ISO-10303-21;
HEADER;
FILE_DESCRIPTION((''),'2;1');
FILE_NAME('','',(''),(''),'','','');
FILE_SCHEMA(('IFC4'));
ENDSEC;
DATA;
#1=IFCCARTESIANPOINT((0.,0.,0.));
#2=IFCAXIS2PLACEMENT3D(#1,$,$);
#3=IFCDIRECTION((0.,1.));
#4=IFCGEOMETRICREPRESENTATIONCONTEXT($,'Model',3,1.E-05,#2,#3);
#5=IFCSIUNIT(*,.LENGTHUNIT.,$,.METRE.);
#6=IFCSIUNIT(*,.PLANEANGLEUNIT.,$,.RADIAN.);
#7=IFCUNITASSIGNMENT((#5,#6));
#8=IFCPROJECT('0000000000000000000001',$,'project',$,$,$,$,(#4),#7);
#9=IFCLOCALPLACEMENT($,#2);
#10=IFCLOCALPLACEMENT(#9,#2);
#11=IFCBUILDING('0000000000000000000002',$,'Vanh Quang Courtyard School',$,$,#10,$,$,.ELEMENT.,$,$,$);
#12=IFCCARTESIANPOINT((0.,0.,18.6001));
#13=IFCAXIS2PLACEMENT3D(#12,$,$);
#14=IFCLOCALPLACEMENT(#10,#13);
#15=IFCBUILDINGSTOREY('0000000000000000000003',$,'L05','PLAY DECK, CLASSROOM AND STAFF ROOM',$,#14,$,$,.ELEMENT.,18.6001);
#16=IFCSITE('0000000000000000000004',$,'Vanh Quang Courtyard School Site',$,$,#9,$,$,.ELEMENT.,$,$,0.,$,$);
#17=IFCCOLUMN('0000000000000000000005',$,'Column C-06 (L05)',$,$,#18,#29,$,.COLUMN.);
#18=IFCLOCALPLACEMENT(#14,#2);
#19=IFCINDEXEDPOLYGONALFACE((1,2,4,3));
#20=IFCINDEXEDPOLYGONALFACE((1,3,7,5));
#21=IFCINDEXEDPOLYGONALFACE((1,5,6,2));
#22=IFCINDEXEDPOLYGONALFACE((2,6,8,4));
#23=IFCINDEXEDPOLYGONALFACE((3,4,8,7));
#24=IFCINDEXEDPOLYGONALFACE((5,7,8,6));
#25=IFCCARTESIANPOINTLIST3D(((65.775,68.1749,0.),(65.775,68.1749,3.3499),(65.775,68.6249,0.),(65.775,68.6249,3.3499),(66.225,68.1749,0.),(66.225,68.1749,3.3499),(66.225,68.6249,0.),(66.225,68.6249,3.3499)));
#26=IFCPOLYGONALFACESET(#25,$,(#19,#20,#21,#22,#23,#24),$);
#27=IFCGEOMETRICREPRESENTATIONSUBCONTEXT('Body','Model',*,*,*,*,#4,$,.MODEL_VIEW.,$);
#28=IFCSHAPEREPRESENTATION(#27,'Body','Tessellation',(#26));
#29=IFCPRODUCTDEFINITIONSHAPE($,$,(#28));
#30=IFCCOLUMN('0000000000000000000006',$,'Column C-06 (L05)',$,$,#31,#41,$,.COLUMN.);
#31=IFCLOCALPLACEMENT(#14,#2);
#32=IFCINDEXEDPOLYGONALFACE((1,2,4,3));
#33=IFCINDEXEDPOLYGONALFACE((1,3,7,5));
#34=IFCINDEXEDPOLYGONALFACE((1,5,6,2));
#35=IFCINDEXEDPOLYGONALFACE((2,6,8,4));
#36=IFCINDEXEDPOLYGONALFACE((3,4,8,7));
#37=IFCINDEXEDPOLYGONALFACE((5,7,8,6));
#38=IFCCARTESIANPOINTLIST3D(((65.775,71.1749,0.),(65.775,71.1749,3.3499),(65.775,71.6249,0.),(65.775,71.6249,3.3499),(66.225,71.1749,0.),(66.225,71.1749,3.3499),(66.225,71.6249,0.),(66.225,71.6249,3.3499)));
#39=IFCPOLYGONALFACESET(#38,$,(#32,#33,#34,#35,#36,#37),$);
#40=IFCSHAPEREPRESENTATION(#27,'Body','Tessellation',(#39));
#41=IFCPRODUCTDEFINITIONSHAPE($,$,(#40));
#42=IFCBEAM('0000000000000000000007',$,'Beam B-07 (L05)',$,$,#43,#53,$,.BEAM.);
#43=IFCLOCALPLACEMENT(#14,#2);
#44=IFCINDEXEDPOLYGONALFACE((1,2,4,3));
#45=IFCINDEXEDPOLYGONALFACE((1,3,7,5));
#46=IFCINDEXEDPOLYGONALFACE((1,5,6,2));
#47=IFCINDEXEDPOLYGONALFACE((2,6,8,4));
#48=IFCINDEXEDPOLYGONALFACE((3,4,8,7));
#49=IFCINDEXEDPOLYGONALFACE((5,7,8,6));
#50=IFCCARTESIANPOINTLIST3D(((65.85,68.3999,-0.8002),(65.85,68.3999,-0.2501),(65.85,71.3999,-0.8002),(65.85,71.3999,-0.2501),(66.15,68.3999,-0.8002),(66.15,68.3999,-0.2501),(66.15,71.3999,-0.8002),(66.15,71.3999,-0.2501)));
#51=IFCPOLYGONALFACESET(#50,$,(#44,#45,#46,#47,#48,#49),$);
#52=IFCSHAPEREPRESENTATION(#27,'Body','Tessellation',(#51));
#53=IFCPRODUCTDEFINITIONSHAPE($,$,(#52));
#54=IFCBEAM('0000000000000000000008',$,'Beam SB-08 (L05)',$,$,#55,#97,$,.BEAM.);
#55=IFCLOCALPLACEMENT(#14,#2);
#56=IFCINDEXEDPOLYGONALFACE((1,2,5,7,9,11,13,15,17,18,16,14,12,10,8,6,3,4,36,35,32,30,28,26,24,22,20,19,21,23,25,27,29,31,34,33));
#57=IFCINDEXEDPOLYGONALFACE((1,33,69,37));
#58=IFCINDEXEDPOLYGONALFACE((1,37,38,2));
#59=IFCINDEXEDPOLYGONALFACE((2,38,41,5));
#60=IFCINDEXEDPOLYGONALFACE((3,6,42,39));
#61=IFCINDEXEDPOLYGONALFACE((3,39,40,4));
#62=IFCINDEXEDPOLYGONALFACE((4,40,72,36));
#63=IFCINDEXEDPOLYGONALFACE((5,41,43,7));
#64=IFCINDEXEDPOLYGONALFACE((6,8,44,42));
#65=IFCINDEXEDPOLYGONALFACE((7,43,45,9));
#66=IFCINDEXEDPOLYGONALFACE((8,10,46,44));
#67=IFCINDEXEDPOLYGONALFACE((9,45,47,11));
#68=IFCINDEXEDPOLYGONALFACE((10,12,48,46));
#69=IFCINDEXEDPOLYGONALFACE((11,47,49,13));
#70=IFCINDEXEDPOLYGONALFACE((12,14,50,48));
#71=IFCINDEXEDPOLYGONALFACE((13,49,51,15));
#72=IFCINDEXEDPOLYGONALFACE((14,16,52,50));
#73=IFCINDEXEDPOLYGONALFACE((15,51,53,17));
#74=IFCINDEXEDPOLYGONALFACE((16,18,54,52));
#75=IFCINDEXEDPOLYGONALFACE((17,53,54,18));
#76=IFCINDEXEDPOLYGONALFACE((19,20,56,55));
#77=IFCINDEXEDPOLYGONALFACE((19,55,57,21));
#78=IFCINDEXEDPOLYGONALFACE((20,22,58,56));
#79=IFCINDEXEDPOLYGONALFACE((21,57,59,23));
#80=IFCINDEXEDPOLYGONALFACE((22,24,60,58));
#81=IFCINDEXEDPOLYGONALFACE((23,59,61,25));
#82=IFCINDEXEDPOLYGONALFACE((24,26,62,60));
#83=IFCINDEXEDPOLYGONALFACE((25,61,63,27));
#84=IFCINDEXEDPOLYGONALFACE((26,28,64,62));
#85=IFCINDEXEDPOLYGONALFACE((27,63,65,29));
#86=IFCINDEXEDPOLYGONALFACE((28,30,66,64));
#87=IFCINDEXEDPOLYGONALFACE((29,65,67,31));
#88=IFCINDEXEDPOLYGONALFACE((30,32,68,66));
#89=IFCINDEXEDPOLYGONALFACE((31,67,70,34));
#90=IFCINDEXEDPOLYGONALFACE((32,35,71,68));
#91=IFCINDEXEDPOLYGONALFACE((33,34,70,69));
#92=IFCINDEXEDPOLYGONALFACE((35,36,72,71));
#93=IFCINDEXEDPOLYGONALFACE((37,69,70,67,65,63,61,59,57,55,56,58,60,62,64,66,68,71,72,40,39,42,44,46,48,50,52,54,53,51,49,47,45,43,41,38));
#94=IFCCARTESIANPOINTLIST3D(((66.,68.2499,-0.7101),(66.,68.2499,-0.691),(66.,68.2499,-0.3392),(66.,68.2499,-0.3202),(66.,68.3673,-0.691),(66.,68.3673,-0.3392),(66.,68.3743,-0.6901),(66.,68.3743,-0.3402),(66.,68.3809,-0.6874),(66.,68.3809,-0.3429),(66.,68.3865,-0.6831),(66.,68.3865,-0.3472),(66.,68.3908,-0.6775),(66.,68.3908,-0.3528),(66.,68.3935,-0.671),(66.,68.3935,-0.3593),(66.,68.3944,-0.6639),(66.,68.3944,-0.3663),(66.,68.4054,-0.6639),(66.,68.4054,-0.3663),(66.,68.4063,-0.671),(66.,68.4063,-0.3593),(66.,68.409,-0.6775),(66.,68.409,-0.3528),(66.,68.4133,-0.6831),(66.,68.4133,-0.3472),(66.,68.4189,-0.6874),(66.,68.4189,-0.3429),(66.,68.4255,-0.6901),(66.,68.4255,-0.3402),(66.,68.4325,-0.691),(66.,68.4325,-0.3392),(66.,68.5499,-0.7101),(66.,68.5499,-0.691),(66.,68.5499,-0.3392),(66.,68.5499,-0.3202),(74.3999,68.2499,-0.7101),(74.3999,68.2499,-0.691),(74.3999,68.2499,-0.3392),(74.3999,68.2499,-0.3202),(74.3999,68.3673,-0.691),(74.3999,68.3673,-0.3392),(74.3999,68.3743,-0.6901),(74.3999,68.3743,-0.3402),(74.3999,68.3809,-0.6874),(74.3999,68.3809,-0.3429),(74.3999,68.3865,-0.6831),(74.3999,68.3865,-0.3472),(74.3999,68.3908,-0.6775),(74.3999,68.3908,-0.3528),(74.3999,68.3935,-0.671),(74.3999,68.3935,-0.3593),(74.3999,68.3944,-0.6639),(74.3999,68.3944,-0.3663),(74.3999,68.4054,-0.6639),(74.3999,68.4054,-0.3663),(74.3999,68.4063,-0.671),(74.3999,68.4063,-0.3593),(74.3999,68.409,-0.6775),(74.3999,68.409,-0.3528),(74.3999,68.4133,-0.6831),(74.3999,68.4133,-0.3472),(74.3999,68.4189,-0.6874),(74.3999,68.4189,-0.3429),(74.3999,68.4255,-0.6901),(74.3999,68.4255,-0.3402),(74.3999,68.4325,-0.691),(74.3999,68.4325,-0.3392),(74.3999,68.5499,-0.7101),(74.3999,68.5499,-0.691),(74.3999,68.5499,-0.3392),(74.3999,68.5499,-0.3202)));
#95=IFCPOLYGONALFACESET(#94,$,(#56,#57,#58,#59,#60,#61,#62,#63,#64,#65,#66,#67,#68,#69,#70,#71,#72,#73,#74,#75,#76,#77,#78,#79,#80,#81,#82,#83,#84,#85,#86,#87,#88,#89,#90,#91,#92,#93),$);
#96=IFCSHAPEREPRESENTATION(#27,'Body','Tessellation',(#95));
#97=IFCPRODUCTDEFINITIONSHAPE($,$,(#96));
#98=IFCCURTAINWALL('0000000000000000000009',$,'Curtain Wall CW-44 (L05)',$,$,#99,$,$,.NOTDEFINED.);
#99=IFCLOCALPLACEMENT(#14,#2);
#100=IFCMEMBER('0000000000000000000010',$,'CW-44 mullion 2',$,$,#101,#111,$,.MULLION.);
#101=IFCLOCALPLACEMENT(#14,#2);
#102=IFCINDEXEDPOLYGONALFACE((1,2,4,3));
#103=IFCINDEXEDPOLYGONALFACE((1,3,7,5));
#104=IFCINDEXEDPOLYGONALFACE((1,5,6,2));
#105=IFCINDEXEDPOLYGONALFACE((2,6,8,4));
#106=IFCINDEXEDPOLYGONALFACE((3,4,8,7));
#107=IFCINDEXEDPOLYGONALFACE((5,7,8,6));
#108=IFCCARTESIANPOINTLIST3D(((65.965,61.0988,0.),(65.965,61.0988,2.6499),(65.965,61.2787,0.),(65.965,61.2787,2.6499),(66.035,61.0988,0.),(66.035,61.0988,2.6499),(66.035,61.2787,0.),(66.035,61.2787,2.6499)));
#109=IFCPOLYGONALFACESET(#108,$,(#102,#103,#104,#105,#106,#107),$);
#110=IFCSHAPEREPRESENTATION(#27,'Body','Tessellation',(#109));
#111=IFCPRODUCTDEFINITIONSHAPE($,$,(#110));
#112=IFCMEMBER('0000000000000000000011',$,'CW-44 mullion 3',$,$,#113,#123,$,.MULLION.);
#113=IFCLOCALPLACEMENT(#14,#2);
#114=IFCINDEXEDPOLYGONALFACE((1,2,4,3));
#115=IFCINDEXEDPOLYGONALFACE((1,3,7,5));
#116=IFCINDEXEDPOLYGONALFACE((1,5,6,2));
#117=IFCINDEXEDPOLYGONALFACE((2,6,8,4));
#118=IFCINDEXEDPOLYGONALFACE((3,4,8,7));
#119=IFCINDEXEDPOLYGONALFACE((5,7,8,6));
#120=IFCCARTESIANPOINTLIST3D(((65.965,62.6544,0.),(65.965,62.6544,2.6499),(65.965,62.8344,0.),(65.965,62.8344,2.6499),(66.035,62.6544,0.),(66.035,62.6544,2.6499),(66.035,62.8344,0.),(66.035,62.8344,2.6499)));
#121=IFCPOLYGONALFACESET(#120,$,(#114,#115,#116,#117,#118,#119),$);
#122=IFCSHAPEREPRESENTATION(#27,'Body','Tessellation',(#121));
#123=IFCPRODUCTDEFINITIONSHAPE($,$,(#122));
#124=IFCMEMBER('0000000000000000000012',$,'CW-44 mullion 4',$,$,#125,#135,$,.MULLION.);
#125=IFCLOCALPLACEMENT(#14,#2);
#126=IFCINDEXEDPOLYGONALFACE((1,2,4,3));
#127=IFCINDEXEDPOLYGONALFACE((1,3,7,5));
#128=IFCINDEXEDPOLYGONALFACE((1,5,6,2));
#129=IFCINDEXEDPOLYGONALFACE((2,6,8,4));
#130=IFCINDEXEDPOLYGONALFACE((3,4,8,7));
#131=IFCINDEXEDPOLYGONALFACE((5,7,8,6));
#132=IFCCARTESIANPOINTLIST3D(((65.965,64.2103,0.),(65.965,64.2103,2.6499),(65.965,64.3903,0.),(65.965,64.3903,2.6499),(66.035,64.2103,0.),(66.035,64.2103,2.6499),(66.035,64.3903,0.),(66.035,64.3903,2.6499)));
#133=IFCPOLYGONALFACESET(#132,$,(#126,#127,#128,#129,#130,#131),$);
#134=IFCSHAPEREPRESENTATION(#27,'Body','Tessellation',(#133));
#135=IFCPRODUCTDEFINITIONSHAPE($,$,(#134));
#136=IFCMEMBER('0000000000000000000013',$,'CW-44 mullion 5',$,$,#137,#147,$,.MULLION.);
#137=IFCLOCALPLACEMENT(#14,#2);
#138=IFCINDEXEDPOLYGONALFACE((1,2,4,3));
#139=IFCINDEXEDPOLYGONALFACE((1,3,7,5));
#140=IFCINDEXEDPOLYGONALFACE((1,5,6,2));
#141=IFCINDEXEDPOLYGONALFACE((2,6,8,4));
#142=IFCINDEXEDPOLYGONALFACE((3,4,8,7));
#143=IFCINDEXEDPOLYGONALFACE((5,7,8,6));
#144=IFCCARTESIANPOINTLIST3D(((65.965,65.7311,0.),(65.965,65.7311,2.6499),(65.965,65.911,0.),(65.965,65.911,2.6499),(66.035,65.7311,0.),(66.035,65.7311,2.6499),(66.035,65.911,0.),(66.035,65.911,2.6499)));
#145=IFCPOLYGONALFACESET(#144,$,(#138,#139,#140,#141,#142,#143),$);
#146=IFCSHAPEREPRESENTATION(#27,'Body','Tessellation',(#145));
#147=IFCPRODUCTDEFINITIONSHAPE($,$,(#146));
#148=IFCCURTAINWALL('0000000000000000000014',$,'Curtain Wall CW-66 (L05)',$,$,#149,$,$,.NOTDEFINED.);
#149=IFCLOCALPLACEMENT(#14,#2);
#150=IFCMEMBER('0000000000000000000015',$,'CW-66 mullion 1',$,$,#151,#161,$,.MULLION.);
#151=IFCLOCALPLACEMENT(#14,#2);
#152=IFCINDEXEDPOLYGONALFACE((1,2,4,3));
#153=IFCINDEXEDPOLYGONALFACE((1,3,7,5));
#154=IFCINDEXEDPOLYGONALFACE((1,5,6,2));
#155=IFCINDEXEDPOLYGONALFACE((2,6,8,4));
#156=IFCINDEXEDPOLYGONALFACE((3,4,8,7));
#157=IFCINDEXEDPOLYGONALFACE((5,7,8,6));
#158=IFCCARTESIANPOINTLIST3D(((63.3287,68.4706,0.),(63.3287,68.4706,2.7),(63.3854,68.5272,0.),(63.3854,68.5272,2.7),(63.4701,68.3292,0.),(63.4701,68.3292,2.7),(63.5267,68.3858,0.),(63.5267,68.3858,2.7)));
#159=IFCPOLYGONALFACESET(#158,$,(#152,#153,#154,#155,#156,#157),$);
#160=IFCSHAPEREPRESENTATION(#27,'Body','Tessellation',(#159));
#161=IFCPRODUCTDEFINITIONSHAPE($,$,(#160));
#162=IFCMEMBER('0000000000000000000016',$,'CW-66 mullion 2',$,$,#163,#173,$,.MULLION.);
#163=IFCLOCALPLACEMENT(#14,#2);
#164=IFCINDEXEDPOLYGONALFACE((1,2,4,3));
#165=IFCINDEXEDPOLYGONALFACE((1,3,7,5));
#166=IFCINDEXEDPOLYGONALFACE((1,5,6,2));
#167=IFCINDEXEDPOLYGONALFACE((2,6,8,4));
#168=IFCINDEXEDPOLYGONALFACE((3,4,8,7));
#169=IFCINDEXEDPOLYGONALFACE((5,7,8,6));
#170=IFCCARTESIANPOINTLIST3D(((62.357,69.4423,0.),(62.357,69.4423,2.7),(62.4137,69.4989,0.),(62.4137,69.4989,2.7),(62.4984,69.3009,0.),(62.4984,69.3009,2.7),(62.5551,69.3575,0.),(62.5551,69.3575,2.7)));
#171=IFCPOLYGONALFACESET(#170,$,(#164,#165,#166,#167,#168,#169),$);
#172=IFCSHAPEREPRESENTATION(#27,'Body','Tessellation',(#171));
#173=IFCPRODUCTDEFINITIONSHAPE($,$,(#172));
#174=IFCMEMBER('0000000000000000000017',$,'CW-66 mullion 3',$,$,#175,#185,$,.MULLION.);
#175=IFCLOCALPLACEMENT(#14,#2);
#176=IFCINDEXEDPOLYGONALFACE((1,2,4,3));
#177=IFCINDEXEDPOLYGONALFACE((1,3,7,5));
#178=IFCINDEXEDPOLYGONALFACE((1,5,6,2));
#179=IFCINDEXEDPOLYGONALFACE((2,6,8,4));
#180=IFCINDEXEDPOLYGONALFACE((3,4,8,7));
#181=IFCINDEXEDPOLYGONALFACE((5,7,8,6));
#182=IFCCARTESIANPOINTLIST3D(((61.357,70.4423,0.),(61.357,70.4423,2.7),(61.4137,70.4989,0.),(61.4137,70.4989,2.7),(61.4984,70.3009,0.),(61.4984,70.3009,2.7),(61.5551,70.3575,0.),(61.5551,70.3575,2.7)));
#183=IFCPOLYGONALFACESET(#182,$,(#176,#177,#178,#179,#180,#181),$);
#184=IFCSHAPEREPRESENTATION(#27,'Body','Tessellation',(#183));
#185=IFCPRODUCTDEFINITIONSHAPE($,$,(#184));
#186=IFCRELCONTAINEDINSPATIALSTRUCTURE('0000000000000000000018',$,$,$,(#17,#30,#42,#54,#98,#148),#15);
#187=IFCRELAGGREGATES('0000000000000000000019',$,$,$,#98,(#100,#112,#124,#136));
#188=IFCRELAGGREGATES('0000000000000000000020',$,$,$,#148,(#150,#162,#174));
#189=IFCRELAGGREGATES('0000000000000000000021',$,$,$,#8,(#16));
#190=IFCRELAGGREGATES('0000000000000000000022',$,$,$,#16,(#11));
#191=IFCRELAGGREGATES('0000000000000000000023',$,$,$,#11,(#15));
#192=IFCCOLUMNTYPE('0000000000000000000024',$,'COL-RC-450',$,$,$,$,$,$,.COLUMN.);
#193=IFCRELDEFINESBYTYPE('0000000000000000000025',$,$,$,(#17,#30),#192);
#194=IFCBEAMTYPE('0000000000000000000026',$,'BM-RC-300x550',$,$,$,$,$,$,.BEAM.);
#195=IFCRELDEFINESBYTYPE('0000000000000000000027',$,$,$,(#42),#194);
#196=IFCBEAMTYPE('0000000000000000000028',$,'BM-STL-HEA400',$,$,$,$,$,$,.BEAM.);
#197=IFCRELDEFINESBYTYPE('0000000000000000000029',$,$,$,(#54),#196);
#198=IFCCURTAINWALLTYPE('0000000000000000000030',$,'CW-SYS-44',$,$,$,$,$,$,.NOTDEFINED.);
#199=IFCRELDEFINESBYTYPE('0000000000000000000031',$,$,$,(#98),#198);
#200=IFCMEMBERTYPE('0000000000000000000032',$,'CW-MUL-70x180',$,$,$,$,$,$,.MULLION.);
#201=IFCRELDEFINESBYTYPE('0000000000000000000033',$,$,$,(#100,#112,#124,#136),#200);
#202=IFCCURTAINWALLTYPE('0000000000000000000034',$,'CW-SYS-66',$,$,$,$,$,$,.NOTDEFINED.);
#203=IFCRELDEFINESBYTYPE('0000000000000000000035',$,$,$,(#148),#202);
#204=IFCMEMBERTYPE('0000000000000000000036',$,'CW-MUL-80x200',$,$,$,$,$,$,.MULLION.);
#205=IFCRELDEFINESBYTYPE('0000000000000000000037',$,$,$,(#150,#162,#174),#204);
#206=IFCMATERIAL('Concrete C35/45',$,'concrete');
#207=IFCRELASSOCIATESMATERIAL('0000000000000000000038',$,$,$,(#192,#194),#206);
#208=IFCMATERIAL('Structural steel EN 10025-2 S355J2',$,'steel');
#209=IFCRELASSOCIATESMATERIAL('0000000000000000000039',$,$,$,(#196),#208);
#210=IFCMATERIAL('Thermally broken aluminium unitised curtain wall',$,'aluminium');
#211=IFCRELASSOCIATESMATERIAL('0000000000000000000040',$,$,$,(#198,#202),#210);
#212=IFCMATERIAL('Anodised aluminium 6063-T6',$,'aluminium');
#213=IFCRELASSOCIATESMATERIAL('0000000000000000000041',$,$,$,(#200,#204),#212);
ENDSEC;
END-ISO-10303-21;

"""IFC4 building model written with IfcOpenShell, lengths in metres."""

from ifc_helpers import new_model, si_unit, direction, frame, origin, origin_2d, place, context, subcontext, project, spatial, rectangle, i_section, extrude, material, material_profile, profile_set, type_object, element, aggregate, save


model = new_model("IFC4")

# Units and contexts
model_context = context("Model", 3, precision=1e-05, world=origin(), true_north=direction((0.0, 1.0)))
body_context = subcontext(model_context, "Body", "Model", "MODEL_VIEW")
ifc_project = project(units=[si_unit("LENGTHUNIT", "METRE"), si_unit("PLANEANGLEUNIT", "RADIAN")], contexts=[model_context])

# Site, building, storey
site_placement = place(None, origin())
site = spatial("IfcSite", under=ifc_project, at=site_placement, Name="Vanh Quang Courtyard School Site", CompositionType="ELEMENT", RefElevation=0.0)
building_placement = place(site_placement, origin())
building = spatial("IfcBuilding", under=site, at=building_placement, Name="Vanh Quang Courtyard School", CompositionType="ELEMENT")
storey_placement = place(building_placement, frame((0.0, 0.0, 18.6001)))
storey = spatial("IfcBuildingStorey", under=building, at=storey_placement, Name="L05", Description="PLAY DECK, CLASSROOM AND STAFF ROOM", CompositionType="ELEMENT", Elevation=18.6001)

# Columns
ifc_material_1 = material(Name="Concrete C35/45", Category="concrete")
ifc_material_profile_1 = material_profile(ifc_material_1, rectangle(XDim=0.45, YDim=0.45, at=origin_2d()), Name="RC-COL 450x450")
ifc_profile_set_1 = profile_set([ifc_material_profile_1], Name="Concrete C35/45")
column_type = type_object("IfcColumnType", Name="COL-RC-450", PredefinedType="COLUMN", material=ifc_profile_set_1)
for number, where, z_axis, x_axis, name in (
    (1, (66.0, 68.3999, 0.0), (0.0, 0.0, 1.0), (1.0, 0.0, 0.0), "Column C-06 (L05)"),
    (2, (66.0, 71.3999, 0.0), (0.0, 0.0, 1.0), (1.0, 0.0, 0.0), "Column C-06 (L05)"),
):
    element("IfcColumn", number, at=place(storey_placement, frame(where, z_axis=z_axis, x_axis=x_axis)), inside=storey, type_object=column_type, Name=name, PredefinedType="COLUMN", context=body_context, shape_type="SweptSolid", body=[
        extrude(rectangle(XDim=0.45, YDim=0.45, at=origin_2d()), origin(), (0.0, 0.0, 1.0), 3.3499),
    ])

# Beams
ifc_material_profile_2 = material_profile(ifc_material_1, rectangle(XDim=0.3, YDim=0.55, at=origin_2d()), Name="RC-BM 300x550")
ifc_profile_set_2 = profile_set([ifc_material_profile_2], Name="Concrete C35/45")
beam_type_1 = type_object("IfcBeamType", Name="BM-RC-300x550", PredefinedType="BEAM", material=ifc_profile_set_2)
beam_1_placement = place(storey_placement, frame((66.0, 68.3999, -0.5251), z_axis=(0.0, 1.0, 0.0), x_axis=(-1.0, 0.0, 0.0)))
element("IfcBeam", 3, at=beam_1_placement, inside=storey, type_object=beam_type_1, Name="Beam B-07 (L05)", PredefinedType="BEAM", context=body_context, shape_type="SweptSolid", body=[
    extrude(rectangle(XDim=0.3, YDim=0.55, at=origin_2d()), origin(), (0.0, 0.0, 1.0), 3.0),
])
ifc_material_2 = material(Name="Structural steel EN 10025-2 S355J2", Category="steel")
ifc_material_profile_3 = material_profile(ifc_material_2, i_section(OverallWidth=0.3, OverallDepth=0.3899, WebThickness=0.011, FlangeThickness=0.019, FilletRadius=0.0271, at=origin_2d()), Name="HEA 400")
ifc_profile_set_3 = profile_set([ifc_material_profile_3], Name="Structural steel EN 10025-2 S355J2")
beam_type_2 = type_object("IfcBeamType", Name="BM-STL-HEA400", PredefinedType="BEAM", material=ifc_profile_set_3)
beam_2_placement = place(storey_placement, frame((66.0, 68.3999, -0.5151), z_axis=(1.0, 0.0, 0.0), x_axis=(0.0, 1.0, 0.0)))
element("IfcBeam", 4, at=beam_2_placement, inside=storey, type_object=beam_type_2, Name="Beam SB-08 (L05)", PredefinedType="BEAM", context=body_context, shape_type="SweptSolid", body=[
    extrude(i_section(OverallWidth=0.3, OverallDepth=0.3899, WebThickness=0.011, FlangeThickness=0.019, FilletRadius=0.0271, at=origin_2d()), origin(), (0.0, 0.0, 1.0), 8.3999),
])

# Curtain walls, members
ifc_material_3 = material(Name="Thermally broken aluminium unitised curtain wall", Category="aluminium")
curtain_wall_type_1 = type_object("IfcCurtainWallType", Name="CW-SYS-44", PredefinedType="NOTDEFINED", material=ifc_material_3)
curtain_wall_1_placement = place(storey_placement, origin())
curtain_wall_1 = element("IfcCurtainWall", 5, at=curtain_wall_1_placement, inside=storey, type_object=curtain_wall_type_1, Name="Curtain Wall CW-44 (L05)", PredefinedType="NOTDEFINED")
ifc_material_4 = material(Name="Anodised aluminium 6063-T6", Category="aluminium")
ifc_material_profile_4 = material_profile(ifc_material_4, rectangle(XDim=0.0701, YDim=0.1799, at=origin_2d()), Name="ALU-MUL 70x180")
ifc_profile_set_4 = profile_set([ifc_material_profile_4], Name="Anodised aluminium 6063-T6")
member_type_1 = type_object("IfcMemberType", Name="CW-MUL-70x180", PredefinedType="MULLION", material=ifc_profile_set_4)
member_1_placement = place(storey_placement, frame((66.0, 61.1887, 0.0), z_axis=(0.0, 0.0, 1.0), x_axis=(-1.0, 0.0, 0.0)))
member_1 = element("IfcMember", 6, at=member_1_placement, type_object=member_type_1, Name="CW-44 mullion 2", PredefinedType="MULLION", context=body_context, shape_type="SweptSolid", body=[
    extrude(rectangle(XDim=0.0701, YDim=0.1799, at=origin_2d()), origin(), (0.0, 0.0, 1.0), 2.6499),
])
member_2_placement = place(storey_placement, frame((66.0, 62.7444, 0.0), z_axis=(0.0, 0.0, 1.0), x_axis=(-1.0, 0.0, 0.0)))
member_2 = element("IfcMember", 7, at=member_2_placement, type_object=member_type_1, Name="CW-44 mullion 3", PredefinedType="MULLION", context=body_context, shape_type="SweptSolid", body=[
    extrude(rectangle(XDim=0.0701, YDim=0.1799, at=origin_2d()), origin(), (0.0, 0.0, 1.0), 2.6499),
])
member_3_placement = place(storey_placement, frame((66.0, 64.3003, 0.0), z_axis=(0.0, 0.0, 1.0), x_axis=(-1.0, 0.0, 0.0)))
member_3 = element("IfcMember", 8, at=member_3_placement, type_object=member_type_1, Name="CW-44 mullion 4", PredefinedType="MULLION", context=body_context, shape_type="SweptSolid", body=[
    extrude(rectangle(XDim=0.0701, YDim=0.1799, at=origin_2d()), origin(), (0.0, 0.0, 1.0), 2.6499),
])
member_4_placement = place(storey_placement, frame((66.0, 65.821, 0.0), z_axis=(0.0, 0.0, 1.0), x_axis=(-1.0, 0.0, 0.0)))
member_4 = element("IfcMember", 9, at=member_4_placement, type_object=member_type_1, Name="CW-44 mullion 5", PredefinedType="MULLION", context=body_context, shape_type="SweptSolid", body=[
    extrude(rectangle(XDim=0.0701, YDim=0.1799, at=origin_2d()), origin(), (0.0, 0.0, 1.0), 2.6499),
])
curtain_wall_type_2 = type_object("IfcCurtainWallType", Name="CW-SYS-66", PredefinedType="NOTDEFINED", material=ifc_material_3)
curtain_wall_2_placement = place(storey_placement, origin())
curtain_wall_2 = element("IfcCurtainWall", 10, at=curtain_wall_2_placement, inside=storey, type_object=curtain_wall_type_2, Name="Curtain Wall CW-66 (L05)", PredefinedType="NOTDEFINED")
ifc_material_profile_5 = material_profile(ifc_material_4, rectangle(XDim=0.0801, YDim=0.2, at=origin_2d()), Name="ALU-MUL 80x200")
ifc_profile_set_5 = profile_set([ifc_material_profile_5], Name="Anodised aluminium 6063-T6")
member_type_2 = type_object("IfcMemberType", Name="CW-MUL-80x200", PredefinedType="MULLION", material=ifc_profile_set_5)
member_5_placement = place(storey_placement, frame((63.4277, 68.4282, 0.0), z_axis=(0.0, 0.0, 1.0), x_axis=(-0.707107, -0.707107, 0.0)))
member_5 = element("IfcMember", 11, at=member_5_placement, type_object=member_type_2, Name="CW-66 mullion 1", PredefinedType="MULLION", context=body_context, shape_type="SweptSolid", body=[
    extrude(rectangle(XDim=0.0801, YDim=0.2, at=origin_2d()), origin(), (0.0, 0.0, 1.0), 2.7),
])
member_6_placement = place(storey_placement, frame((62.4561, 69.3999, 0.0), z_axis=(0.0, 0.0, 1.0), x_axis=(-0.707107, -0.707107, 0.0)))
member_6 = element("IfcMember", 12, at=member_6_placement, type_object=member_type_2, Name="CW-66 mullion 2", PredefinedType="MULLION", context=body_context, shape_type="SweptSolid", body=[
    extrude(rectangle(XDim=0.0801, YDim=0.2, at=origin_2d()), origin(), (0.0, 0.0, 1.0), 2.7),
])
member_7_placement = place(storey_placement, frame((61.4561, 70.3999, 0.0), z_axis=(0.0, 0.0, 1.0), x_axis=(-0.707107, -0.707107, 0.0)))
member_7 = element("IfcMember", 13, at=member_7_placement, type_object=member_type_2, Name="CW-66 mullion 3", PredefinedType="MULLION", context=body_context, shape_type="SweptSolid", body=[
    extrude(rectangle(XDim=0.0801, YDim=0.2, at=origin_2d()), origin(), (0.0, 0.0, 1.0), 2.7),
])

aggregate(curtain_wall_1, [member_1, member_2, member_3, member_4])

aggregate(curtain_wall_2, [member_5, member_6, member_7])

save(model, "model.ifc")
